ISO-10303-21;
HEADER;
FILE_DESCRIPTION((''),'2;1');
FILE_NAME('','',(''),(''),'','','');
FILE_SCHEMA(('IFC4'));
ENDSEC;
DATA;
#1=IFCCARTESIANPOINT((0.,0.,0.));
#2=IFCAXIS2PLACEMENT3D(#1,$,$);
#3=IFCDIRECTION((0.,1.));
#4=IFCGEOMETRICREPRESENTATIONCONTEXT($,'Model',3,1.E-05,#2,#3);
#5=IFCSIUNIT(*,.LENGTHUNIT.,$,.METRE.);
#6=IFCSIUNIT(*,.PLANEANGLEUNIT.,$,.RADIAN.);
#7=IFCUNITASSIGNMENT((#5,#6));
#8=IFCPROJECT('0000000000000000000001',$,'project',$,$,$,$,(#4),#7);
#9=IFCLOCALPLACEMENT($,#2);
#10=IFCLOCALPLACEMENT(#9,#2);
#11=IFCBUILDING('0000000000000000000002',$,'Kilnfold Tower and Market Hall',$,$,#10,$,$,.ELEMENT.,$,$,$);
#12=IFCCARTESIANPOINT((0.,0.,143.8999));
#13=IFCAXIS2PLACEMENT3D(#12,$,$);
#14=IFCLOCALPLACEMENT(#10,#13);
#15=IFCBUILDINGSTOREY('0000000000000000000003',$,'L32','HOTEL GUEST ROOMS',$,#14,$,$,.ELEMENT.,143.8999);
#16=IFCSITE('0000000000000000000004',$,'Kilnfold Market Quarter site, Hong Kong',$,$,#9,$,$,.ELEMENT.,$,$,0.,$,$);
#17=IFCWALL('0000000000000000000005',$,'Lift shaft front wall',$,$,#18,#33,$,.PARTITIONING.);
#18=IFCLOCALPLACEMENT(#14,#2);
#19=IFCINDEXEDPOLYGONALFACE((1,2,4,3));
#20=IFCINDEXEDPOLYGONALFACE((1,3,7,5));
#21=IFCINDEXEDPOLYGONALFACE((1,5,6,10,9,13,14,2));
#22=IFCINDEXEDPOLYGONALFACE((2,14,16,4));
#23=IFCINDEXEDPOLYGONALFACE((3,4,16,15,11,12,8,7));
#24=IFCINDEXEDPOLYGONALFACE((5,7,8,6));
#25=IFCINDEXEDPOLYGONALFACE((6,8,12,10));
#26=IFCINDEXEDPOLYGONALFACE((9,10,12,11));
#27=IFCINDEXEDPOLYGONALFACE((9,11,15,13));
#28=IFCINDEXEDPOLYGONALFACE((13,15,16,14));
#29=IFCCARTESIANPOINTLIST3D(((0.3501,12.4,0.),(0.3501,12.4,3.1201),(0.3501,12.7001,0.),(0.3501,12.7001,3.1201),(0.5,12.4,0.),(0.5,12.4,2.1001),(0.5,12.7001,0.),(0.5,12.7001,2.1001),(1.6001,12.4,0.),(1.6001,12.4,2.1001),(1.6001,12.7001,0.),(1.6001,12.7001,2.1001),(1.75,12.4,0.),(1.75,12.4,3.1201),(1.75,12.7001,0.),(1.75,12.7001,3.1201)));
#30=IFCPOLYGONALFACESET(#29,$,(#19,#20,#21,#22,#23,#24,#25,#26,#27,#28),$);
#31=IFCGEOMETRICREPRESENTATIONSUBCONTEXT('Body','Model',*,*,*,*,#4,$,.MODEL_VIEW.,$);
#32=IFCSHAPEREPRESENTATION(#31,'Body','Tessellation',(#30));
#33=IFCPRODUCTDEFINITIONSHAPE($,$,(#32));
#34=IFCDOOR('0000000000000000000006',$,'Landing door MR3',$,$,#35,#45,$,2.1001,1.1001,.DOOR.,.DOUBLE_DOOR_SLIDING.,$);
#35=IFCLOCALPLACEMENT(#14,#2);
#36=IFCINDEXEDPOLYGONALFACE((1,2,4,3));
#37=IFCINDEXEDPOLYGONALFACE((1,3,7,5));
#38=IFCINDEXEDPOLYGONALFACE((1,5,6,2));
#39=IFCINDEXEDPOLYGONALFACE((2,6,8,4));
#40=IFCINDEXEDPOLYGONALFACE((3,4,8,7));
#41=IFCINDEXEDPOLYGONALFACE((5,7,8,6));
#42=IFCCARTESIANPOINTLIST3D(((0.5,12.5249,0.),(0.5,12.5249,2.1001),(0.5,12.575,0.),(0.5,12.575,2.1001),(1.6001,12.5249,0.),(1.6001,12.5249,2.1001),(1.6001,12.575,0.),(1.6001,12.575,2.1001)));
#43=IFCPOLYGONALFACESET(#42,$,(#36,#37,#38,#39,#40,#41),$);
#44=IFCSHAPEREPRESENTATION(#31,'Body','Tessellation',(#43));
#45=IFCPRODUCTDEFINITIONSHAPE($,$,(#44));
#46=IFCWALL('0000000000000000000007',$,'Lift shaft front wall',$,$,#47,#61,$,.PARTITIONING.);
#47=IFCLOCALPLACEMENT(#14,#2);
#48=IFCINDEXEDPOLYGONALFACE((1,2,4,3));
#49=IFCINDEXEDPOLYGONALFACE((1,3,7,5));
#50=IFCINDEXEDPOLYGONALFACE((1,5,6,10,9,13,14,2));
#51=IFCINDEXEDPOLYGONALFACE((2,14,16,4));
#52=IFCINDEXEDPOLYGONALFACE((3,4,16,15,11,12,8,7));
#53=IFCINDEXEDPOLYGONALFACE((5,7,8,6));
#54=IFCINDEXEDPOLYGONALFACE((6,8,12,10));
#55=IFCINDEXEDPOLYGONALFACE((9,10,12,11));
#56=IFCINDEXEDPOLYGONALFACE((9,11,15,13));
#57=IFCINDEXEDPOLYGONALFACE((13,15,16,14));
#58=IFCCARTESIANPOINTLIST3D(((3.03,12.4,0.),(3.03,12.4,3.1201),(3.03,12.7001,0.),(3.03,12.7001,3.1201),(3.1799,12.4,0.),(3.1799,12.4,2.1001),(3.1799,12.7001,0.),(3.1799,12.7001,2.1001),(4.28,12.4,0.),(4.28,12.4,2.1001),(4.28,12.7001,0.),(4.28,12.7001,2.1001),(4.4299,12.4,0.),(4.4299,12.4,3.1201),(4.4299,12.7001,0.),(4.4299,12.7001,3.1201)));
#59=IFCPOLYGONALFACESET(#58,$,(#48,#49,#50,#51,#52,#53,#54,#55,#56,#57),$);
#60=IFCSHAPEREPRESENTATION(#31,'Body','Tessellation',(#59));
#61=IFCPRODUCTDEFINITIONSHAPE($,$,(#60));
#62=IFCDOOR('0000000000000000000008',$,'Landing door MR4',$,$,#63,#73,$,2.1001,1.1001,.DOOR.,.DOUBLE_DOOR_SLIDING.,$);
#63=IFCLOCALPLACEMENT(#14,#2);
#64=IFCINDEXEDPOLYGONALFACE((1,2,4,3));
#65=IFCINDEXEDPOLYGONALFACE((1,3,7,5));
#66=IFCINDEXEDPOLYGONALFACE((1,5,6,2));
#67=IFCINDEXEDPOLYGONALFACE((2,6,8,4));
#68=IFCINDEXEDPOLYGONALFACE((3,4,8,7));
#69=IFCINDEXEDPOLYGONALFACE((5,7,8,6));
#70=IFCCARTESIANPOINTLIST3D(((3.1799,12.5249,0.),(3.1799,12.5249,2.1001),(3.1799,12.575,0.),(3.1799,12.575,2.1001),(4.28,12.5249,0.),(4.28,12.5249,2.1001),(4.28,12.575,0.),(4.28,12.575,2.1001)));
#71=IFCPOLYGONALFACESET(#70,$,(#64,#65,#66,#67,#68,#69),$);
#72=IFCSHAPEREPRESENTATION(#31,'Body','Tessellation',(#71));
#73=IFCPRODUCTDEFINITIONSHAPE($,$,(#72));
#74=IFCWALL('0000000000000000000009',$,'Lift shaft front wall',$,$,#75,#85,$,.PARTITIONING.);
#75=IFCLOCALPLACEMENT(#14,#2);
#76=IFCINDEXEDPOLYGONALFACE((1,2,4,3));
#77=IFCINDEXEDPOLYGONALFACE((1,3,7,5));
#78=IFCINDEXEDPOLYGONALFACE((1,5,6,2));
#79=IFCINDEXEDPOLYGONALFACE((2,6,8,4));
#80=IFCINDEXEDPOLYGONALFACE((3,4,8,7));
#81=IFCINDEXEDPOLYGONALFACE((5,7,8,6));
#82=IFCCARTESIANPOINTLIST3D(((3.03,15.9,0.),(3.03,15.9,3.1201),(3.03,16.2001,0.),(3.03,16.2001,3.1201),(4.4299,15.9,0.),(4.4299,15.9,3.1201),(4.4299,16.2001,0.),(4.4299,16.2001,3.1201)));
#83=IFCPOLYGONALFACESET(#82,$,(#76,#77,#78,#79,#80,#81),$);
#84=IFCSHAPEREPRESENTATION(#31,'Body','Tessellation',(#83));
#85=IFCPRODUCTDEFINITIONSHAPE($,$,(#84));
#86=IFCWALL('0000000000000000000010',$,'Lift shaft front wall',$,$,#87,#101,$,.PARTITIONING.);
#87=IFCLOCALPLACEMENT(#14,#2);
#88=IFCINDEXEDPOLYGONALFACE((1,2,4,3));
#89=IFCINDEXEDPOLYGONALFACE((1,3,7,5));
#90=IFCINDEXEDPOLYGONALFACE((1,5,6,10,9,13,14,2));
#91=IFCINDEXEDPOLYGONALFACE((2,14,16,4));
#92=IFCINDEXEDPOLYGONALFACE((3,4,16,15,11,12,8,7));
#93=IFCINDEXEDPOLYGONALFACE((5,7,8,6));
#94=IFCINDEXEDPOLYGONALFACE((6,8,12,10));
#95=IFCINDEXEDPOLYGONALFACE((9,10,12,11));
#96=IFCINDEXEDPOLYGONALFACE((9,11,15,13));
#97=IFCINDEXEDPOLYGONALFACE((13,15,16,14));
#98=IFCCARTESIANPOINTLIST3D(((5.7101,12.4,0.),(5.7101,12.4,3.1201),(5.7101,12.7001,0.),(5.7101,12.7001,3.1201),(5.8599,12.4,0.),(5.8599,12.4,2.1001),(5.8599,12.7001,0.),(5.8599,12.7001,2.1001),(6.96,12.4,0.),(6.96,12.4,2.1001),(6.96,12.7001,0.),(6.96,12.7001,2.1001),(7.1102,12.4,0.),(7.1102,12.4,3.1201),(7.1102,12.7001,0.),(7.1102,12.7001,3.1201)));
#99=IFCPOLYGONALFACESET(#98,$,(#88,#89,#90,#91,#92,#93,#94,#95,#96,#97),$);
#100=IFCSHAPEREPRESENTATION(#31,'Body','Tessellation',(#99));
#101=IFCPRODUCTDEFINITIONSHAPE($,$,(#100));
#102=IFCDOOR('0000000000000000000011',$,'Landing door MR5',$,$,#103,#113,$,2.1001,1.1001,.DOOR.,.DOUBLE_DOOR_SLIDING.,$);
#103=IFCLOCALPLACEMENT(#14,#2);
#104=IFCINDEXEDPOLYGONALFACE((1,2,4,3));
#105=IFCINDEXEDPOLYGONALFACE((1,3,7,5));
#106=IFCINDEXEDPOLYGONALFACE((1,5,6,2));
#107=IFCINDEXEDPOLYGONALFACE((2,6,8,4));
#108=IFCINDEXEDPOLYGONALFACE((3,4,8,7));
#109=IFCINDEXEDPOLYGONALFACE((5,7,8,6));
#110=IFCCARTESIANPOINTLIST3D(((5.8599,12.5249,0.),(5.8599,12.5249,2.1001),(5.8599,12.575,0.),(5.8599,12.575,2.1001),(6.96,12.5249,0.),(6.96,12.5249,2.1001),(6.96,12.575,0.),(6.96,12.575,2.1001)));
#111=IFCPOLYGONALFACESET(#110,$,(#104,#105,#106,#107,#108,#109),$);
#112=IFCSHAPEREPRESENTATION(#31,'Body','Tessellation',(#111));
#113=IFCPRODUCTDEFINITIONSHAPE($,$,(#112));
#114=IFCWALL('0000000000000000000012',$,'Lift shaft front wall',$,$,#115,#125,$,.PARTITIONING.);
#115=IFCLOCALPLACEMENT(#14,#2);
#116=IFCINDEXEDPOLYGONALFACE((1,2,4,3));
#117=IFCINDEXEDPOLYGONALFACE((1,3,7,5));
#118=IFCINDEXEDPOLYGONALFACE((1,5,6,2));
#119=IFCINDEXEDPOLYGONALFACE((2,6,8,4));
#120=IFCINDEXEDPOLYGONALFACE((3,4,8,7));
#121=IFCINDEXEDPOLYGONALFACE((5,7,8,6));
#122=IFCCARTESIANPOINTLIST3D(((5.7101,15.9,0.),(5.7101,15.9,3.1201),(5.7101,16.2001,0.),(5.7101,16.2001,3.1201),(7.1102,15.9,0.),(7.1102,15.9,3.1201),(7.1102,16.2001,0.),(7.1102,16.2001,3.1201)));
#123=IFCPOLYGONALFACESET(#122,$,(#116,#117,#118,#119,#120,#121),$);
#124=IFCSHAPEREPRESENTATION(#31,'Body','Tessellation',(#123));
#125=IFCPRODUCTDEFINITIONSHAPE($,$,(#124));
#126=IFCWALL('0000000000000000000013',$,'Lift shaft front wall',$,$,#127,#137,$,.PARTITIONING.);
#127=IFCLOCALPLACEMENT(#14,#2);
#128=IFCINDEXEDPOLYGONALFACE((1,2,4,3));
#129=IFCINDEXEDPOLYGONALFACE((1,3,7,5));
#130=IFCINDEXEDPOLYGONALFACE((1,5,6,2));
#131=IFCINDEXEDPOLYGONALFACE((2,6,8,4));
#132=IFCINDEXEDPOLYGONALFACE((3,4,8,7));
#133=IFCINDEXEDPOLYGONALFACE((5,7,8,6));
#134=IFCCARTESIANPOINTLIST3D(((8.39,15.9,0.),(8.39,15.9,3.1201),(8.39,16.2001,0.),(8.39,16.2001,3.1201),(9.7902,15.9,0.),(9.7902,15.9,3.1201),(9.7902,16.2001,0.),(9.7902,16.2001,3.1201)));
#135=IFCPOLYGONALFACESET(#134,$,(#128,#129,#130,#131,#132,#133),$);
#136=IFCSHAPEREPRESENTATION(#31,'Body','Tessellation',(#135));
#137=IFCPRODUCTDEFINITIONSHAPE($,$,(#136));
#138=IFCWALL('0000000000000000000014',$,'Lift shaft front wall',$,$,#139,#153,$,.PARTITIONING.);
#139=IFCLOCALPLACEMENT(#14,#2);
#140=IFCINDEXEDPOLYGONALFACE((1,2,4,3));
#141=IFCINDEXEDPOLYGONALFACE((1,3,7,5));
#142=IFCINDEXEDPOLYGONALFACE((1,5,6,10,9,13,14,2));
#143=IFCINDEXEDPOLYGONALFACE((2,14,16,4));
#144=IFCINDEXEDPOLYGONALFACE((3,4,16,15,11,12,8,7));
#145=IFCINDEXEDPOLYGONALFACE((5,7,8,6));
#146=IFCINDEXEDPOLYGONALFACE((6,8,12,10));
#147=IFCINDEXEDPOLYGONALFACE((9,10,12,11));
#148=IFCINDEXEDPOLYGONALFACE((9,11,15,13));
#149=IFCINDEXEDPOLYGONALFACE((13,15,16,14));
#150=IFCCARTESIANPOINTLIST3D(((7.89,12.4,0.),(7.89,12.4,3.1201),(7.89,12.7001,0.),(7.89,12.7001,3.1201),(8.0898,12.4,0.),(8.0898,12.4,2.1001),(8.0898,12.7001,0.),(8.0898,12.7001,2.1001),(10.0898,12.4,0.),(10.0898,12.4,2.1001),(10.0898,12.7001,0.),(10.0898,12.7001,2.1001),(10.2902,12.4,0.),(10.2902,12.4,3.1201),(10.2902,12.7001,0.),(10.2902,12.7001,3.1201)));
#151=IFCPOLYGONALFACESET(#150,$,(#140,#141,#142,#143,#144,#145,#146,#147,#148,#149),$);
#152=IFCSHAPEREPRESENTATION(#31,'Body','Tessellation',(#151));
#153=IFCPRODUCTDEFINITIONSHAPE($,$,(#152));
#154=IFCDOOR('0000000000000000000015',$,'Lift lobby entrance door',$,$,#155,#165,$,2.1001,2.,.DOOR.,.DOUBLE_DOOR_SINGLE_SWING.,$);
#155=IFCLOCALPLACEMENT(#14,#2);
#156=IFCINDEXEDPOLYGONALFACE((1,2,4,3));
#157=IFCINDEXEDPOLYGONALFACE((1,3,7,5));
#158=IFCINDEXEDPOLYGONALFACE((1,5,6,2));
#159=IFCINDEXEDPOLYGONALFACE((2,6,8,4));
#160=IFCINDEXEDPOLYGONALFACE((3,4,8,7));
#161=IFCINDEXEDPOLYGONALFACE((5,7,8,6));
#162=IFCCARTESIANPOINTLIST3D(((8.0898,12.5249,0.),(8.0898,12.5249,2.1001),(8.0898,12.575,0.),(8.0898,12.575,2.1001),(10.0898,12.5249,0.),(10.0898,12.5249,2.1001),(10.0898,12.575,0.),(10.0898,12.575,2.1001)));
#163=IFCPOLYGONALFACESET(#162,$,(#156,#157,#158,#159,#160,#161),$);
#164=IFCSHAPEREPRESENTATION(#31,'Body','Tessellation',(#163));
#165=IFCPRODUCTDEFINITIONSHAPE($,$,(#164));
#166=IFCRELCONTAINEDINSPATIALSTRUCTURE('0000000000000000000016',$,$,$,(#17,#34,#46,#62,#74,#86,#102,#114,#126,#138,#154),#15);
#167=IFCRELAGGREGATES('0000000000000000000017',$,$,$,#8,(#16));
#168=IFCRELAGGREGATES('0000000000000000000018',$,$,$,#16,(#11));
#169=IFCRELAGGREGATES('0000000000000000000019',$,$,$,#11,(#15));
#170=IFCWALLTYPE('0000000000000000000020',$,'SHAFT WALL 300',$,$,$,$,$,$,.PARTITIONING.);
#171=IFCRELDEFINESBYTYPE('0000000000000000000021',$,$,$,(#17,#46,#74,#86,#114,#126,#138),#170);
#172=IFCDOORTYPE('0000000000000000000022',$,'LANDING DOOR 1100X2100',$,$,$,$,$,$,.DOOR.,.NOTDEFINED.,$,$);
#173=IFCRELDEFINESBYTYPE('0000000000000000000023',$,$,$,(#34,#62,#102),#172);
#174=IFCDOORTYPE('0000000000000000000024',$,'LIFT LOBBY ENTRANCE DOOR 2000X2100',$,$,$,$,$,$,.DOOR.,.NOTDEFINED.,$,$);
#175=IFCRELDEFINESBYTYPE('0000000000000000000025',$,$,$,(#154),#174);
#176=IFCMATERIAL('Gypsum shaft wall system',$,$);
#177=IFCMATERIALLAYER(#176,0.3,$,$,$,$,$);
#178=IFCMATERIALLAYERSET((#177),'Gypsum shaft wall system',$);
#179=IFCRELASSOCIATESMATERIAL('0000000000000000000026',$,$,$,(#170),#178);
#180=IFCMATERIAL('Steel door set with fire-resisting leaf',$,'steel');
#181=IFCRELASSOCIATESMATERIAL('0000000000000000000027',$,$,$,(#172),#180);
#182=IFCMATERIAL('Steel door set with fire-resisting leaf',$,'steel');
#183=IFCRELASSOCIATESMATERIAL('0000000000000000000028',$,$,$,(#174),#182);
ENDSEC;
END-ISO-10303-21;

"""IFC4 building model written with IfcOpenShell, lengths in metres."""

from ifc_helpers import new_model, si_unit, direction, frame, frame_2d, origin, place, context, subcontext, project, spatial, rectangle, extrude, source, transform, mapped, material, layer, layer_set, type_object, element, fill, save


model = new_model("IFC4")

# Units and contexts
model_context = context("Model", 3, precision=1e-05, world=origin(), true_north=direction((0.0, 1.0)))
body_context = subcontext(model_context, "Body", "Model", "MODEL_VIEW")
ifc_project = project(units=[si_unit("LENGTHUNIT", "METRE"), si_unit("PLANEANGLEUNIT", "RADIAN")], contexts=[model_context])

# Site, building, storey
site_placement = place(None, origin())
site = spatial("IfcSite", under=ifc_project, at=site_placement, Name="Kilnfold Market Quarter site, Hong Kong", CompositionType="ELEMENT", RefElevation=0.0)
building_placement = place(site_placement, origin())
building = spatial("IfcBuilding", under=site, at=building_placement, Name="Kilnfold Tower and Market Hall", CompositionType="ELEMENT")
storey_placement = place(building_placement, frame((0.0, 0.0, 143.8999)))
storey = spatial("IfcBuildingStorey", under=building, at=storey_placement, Name="L32", Description="HOTEL GUEST ROOMS", CompositionType="ELEMENT", Elevation=143.8999)

# Walls, openings, doors
ifc_material_1 = material(Name="Gypsum shaft wall system")
ifc_layer_1 = layer(ifc_material_1, 0.3)
ifc_layer_set_1 = layer_set([ifc_layer_1], Name="Gypsum shaft wall system")
wall_type_1 = type_object("IfcWallType", Name="SHAFT WALL 300", PredefinedType="PARTITIONING", material=ifc_layer_set_1)
shared_shape_1 = source(origin(), body_context, "Body", "SweptSolid", [
    extrude(rectangle(XDim=1.3999, YDim=0.3, at=frame_2d((0.7, 0.0))), origin(), (0.0, 0.0, 1.0), 3.1201),
])
wall_1_placement = place(storey_placement, frame((0.3501, 12.55, 0.0), z_axis=(0.0, 0.0, 1.0), x_axis=(1.0, 0.0, 0.0)))
wall_1 = element("IfcWall", 1, at=wall_1_placement, inside=storey, type_object=wall_type_1, Name="Lift shaft front wall", PredefinedType="PARTITIONING", context=body_context, shape_type="MappedRepresentation", body=[
    mapped(shared_shape_1, transform((0.0, 0.0, 0.0))),
])
opening_1_placement = place(wall_1_placement, frame((0.1499, 0.0, 0.0)))
opening_1 = element("IfcOpeningElement", 2, at=opening_1_placement, cuts=wall_1, PredefinedType="OPENING", context=body_context, shape_type="SweptSolid", body=[
    extrude(rectangle(XDim=1.1001, YDim=2.1001, at=frame_2d((0.55, 1.05))), frame((0.0, 0.1602, 0.0), z_axis=(0.0, -1.0, 0.0), x_axis=(1.0, 0.0, 0.0)), (0.0, 0.0, 1.0), 0.3201),
])
ifc_material_2 = material(Name="Steel door set with fire-resisting leaf", Category="steel")
door_type_1 = type_object("IfcDoorType", Name="LANDING DOOR 1100X2100", OperationType="NOTDEFINED", PredefinedType="DOOR", material=ifc_material_2)
door_1_placement = place(opening_1_placement, origin())
door_1 = element("IfcDoor", 3, at=door_1_placement, inside=storey, type_object=door_type_1, Name="Landing door MR3", OperationType="DOUBLE_DOOR_SLIDING", OverallHeight=2.1001, OverallWidth=1.1001, PredefinedType="DOOR", context=body_context, shape_type="SweptSolid", body=[
    extrude(rectangle(XDim=1.1001, YDim=2.1001, at=frame_2d((0.55, 1.05))), frame((0.0, 0.0249, 0.0), z_axis=(0.0, -1.0, 0.0), x_axis=(1.0, 0.0, 0.0)), (0.0, 0.0, 1.0), 0.05),
])
fill(opening_1, door_1)
wall_2_placement = place(storey_placement, frame((3.03, 12.55, 0.0), z_axis=(0.0, 0.0, 1.0), x_axis=(1.0, 0.0, 0.0)))
wall_2 = element("IfcWall", 4, at=wall_2_placement, inside=storey, type_object=wall_type_1, Name="Lift shaft front wall", PredefinedType="PARTITIONING", context=body_context, shape_type="MappedRepresentation", body=[
    mapped(shared_shape_1, transform((0.0, 0.0, 0.0))),
])
opening_2_placement = place(wall_2_placement, frame((0.1499, 0.0, 0.0)))
opening_2 = element("IfcOpeningElement", 5, at=opening_2_placement, cuts=wall_2, PredefinedType="OPENING", context=body_context, shape_type="SweptSolid", body=[
    extrude(rectangle(XDim=1.1001, YDim=2.1001, at=frame_2d((0.55, 1.05))), frame((0.0, 0.1602, 0.0), z_axis=(0.0, -1.0, 0.0), x_axis=(1.0, 0.0, 0.0)), (0.0, 0.0, 1.0), 0.3201),
])
door_2_placement = place(opening_2_placement, origin())
door_2 = element("IfcDoor", 6, at=door_2_placement, inside=storey, type_object=door_type_1, Name="Landing door MR4", OperationType="DOUBLE_DOOR_SLIDING", OverallHeight=2.1001, OverallWidth=1.1001, PredefinedType="DOOR", context=body_context, shape_type="SweptSolid", body=[
    extrude(rectangle(XDim=1.1001, YDim=2.1001, at=frame_2d((0.55, 1.05))), frame((0.0, 0.0249, 0.0), z_axis=(0.0, -1.0, 0.0), x_axis=(1.0, 0.0, 0.0)), (0.0, 0.0, 1.0), 0.05),
])
fill(opening_2, door_2)

# Wall
wall_3_placement = place(storey_placement, frame((3.03, 16.05, 0.0), z_axis=(0.0, 0.0, 1.0), x_axis=(1.0, 0.0, 0.0)))
element("IfcWall", 7, at=wall_3_placement, inside=storey, type_object=wall_type_1, Name="Lift shaft front wall", PredefinedType="PARTITIONING", context=body_context, shape_type="MappedRepresentation", body=[
    mapped(shared_shape_1, transform((0.0, 0.0, 0.0))),
])

# Wall, opening, door
shared_shape_2 = source(origin(), body_context, "Body", "SweptSolid", [
    extrude(rectangle(XDim=1.4001, YDim=0.3, at=frame_2d((0.7002, 0.0))), origin(), (0.0, 0.0, 1.0), 3.1201),
])
wall_4_placement = place(storey_placement, frame((5.71, 12.55, 0.0), z_axis=(0.0, 0.0, 1.0), x_axis=(1.0, 0.0, 0.0)))
wall_4 = element("IfcWall", 8, at=wall_4_placement, inside=storey, type_object=wall_type_1, Name="Lift shaft front wall", PredefinedType="PARTITIONING", context=body_context, shape_type="MappedRepresentation", body=[
    mapped(shared_shape_2, transform((0.0, 0.0, 0.0))),
])
opening_3_placement = place(wall_4_placement, frame((0.1499, 0.0, 0.0)))
opening_3 = element("IfcOpeningElement", 9, at=opening_3_placement, cuts=wall_4, PredefinedType="OPENING", context=body_context, shape_type="SweptSolid", body=[
    extrude(rectangle(XDim=1.1001, YDim=2.1001, at=frame_2d((0.55, 1.05))), frame((0.0, 0.1602, 0.0), z_axis=(0.0, -1.0, 0.0), x_axis=(1.0, 0.0, 0.0)), (0.0, 0.0, 1.0), 0.3201),
])
door_3_placement = place(opening_3_placement, origin())
door_3 = element("IfcDoor", 10, at=door_3_placement, inside=storey, type_object=door_type_1, Name="Landing door MR5", OperationType="DOUBLE_DOOR_SLIDING", OverallHeight=2.1001, OverallWidth=1.1001, PredefinedType="DOOR", context=body_context, shape_type="SweptSolid", body=[
    extrude(rectangle(XDim=1.1001, YDim=2.1001, at=frame_2d((0.55, 1.05))), frame((0.0, 0.0249, 0.0), z_axis=(0.0, -1.0, 0.0), x_axis=(1.0, 0.0, 0.0)), (0.0, 0.0, 1.0), 0.05),
])
fill(opening_3, door_3)

# Walls
for number, where, z_axis, x_axis, name in (
    (11, (5.71, 16.05, 0.0), (0.0, 0.0, 1.0), (1.0, 0.0, 0.0), "Lift shaft front wall"),
    (12, (8.3899, 16.05, 0.0), (0.0, 0.0, 1.0), (1.0, 0.0, 0.0), "Lift shaft front wall"),
):
    element("IfcWall", number, at=place(storey_placement, frame(where, z_axis=z_axis, x_axis=x_axis)), inside=storey, type_object=wall_type_1, Name=name, PredefinedType="PARTITIONING", context=body_context, shape_type="MappedRepresentation", body=[
        mapped(shared_shape_2, transform((0.0, 0.0, 0.0))),
    ])

# Wall, opening, door
shared_shape_3 = source(origin(), body_context, "Body", "SweptSolid", [
    extrude(rectangle(XDim=2.4001, YDim=0.3, at=frame_2d((1.2002, 0.0))), origin(), (0.0, 0.0, 1.0), 3.1201),
])
wall_5_placement = place(storey_placement, frame((7.8899, 12.55, 0.0), z_axis=(0.0, 0.0, 1.0), x_axis=(1.0, 0.0, 0.0)))
wall_5 = element("IfcWall", 13, at=wall_5_placement, inside=storey, type_object=wall_type_1, Name="Lift shaft front wall", PredefinedType="PARTITIONING", context=body_context, shape_type="MappedRepresentation", body=[
    mapped(shared_shape_3, transform((0.0, 0.0, 0.0))),
])
opening_4_placement = place(wall_5_placement, frame((0.2, 0.0, 0.0)))
opening_4 = element("IfcOpeningElement", 14, at=opening_4_placement, cuts=wall_5, PredefinedType="OPENING", context=body_context, shape_type="SweptSolid", body=[
    extrude(rectangle(XDim=2.0, YDim=2.1001, at=frame_2d((1.0, 1.05))), frame((0.0, 0.1602, 0.0), z_axis=(0.0, -1.0, 0.0), x_axis=(1.0, 0.0, 0.0)), (0.0, 0.0, 1.0), 0.3201),
])
ifc_material_3 = material(Name="Steel door set with fire-resisting leaf", Category="steel")
door_type_2 = type_object("IfcDoorType", Name="LIFT LOBBY ENTRANCE DOOR 2000X2100", OperationType="NOTDEFINED", PredefinedType="DOOR", material=ifc_material_3)
door_4_placement = place(opening_4_placement, origin())
door_4 = element("IfcDoor", 15, at=door_4_placement, inside=storey, type_object=door_type_2, Name="Lift lobby entrance door", OperationType="DOUBLE_DOOR_SINGLE_SWING", OverallHeight=2.1001, OverallWidth=2.0, PredefinedType="DOOR", context=body_context, shape_type="SweptSolid", body=[
    extrude(rectangle(XDim=2.0, YDim=2.1001, at=frame_2d((1.0, 1.05))), frame((0.0, 0.0249, 0.0), z_axis=(0.0, -1.0, 0.0), x_axis=(1.0, 0.0, 0.0)), (0.0, 0.0, 1.0), 0.05),
])
fill(opening_4, door_4)

save(model, "model.ifc")
